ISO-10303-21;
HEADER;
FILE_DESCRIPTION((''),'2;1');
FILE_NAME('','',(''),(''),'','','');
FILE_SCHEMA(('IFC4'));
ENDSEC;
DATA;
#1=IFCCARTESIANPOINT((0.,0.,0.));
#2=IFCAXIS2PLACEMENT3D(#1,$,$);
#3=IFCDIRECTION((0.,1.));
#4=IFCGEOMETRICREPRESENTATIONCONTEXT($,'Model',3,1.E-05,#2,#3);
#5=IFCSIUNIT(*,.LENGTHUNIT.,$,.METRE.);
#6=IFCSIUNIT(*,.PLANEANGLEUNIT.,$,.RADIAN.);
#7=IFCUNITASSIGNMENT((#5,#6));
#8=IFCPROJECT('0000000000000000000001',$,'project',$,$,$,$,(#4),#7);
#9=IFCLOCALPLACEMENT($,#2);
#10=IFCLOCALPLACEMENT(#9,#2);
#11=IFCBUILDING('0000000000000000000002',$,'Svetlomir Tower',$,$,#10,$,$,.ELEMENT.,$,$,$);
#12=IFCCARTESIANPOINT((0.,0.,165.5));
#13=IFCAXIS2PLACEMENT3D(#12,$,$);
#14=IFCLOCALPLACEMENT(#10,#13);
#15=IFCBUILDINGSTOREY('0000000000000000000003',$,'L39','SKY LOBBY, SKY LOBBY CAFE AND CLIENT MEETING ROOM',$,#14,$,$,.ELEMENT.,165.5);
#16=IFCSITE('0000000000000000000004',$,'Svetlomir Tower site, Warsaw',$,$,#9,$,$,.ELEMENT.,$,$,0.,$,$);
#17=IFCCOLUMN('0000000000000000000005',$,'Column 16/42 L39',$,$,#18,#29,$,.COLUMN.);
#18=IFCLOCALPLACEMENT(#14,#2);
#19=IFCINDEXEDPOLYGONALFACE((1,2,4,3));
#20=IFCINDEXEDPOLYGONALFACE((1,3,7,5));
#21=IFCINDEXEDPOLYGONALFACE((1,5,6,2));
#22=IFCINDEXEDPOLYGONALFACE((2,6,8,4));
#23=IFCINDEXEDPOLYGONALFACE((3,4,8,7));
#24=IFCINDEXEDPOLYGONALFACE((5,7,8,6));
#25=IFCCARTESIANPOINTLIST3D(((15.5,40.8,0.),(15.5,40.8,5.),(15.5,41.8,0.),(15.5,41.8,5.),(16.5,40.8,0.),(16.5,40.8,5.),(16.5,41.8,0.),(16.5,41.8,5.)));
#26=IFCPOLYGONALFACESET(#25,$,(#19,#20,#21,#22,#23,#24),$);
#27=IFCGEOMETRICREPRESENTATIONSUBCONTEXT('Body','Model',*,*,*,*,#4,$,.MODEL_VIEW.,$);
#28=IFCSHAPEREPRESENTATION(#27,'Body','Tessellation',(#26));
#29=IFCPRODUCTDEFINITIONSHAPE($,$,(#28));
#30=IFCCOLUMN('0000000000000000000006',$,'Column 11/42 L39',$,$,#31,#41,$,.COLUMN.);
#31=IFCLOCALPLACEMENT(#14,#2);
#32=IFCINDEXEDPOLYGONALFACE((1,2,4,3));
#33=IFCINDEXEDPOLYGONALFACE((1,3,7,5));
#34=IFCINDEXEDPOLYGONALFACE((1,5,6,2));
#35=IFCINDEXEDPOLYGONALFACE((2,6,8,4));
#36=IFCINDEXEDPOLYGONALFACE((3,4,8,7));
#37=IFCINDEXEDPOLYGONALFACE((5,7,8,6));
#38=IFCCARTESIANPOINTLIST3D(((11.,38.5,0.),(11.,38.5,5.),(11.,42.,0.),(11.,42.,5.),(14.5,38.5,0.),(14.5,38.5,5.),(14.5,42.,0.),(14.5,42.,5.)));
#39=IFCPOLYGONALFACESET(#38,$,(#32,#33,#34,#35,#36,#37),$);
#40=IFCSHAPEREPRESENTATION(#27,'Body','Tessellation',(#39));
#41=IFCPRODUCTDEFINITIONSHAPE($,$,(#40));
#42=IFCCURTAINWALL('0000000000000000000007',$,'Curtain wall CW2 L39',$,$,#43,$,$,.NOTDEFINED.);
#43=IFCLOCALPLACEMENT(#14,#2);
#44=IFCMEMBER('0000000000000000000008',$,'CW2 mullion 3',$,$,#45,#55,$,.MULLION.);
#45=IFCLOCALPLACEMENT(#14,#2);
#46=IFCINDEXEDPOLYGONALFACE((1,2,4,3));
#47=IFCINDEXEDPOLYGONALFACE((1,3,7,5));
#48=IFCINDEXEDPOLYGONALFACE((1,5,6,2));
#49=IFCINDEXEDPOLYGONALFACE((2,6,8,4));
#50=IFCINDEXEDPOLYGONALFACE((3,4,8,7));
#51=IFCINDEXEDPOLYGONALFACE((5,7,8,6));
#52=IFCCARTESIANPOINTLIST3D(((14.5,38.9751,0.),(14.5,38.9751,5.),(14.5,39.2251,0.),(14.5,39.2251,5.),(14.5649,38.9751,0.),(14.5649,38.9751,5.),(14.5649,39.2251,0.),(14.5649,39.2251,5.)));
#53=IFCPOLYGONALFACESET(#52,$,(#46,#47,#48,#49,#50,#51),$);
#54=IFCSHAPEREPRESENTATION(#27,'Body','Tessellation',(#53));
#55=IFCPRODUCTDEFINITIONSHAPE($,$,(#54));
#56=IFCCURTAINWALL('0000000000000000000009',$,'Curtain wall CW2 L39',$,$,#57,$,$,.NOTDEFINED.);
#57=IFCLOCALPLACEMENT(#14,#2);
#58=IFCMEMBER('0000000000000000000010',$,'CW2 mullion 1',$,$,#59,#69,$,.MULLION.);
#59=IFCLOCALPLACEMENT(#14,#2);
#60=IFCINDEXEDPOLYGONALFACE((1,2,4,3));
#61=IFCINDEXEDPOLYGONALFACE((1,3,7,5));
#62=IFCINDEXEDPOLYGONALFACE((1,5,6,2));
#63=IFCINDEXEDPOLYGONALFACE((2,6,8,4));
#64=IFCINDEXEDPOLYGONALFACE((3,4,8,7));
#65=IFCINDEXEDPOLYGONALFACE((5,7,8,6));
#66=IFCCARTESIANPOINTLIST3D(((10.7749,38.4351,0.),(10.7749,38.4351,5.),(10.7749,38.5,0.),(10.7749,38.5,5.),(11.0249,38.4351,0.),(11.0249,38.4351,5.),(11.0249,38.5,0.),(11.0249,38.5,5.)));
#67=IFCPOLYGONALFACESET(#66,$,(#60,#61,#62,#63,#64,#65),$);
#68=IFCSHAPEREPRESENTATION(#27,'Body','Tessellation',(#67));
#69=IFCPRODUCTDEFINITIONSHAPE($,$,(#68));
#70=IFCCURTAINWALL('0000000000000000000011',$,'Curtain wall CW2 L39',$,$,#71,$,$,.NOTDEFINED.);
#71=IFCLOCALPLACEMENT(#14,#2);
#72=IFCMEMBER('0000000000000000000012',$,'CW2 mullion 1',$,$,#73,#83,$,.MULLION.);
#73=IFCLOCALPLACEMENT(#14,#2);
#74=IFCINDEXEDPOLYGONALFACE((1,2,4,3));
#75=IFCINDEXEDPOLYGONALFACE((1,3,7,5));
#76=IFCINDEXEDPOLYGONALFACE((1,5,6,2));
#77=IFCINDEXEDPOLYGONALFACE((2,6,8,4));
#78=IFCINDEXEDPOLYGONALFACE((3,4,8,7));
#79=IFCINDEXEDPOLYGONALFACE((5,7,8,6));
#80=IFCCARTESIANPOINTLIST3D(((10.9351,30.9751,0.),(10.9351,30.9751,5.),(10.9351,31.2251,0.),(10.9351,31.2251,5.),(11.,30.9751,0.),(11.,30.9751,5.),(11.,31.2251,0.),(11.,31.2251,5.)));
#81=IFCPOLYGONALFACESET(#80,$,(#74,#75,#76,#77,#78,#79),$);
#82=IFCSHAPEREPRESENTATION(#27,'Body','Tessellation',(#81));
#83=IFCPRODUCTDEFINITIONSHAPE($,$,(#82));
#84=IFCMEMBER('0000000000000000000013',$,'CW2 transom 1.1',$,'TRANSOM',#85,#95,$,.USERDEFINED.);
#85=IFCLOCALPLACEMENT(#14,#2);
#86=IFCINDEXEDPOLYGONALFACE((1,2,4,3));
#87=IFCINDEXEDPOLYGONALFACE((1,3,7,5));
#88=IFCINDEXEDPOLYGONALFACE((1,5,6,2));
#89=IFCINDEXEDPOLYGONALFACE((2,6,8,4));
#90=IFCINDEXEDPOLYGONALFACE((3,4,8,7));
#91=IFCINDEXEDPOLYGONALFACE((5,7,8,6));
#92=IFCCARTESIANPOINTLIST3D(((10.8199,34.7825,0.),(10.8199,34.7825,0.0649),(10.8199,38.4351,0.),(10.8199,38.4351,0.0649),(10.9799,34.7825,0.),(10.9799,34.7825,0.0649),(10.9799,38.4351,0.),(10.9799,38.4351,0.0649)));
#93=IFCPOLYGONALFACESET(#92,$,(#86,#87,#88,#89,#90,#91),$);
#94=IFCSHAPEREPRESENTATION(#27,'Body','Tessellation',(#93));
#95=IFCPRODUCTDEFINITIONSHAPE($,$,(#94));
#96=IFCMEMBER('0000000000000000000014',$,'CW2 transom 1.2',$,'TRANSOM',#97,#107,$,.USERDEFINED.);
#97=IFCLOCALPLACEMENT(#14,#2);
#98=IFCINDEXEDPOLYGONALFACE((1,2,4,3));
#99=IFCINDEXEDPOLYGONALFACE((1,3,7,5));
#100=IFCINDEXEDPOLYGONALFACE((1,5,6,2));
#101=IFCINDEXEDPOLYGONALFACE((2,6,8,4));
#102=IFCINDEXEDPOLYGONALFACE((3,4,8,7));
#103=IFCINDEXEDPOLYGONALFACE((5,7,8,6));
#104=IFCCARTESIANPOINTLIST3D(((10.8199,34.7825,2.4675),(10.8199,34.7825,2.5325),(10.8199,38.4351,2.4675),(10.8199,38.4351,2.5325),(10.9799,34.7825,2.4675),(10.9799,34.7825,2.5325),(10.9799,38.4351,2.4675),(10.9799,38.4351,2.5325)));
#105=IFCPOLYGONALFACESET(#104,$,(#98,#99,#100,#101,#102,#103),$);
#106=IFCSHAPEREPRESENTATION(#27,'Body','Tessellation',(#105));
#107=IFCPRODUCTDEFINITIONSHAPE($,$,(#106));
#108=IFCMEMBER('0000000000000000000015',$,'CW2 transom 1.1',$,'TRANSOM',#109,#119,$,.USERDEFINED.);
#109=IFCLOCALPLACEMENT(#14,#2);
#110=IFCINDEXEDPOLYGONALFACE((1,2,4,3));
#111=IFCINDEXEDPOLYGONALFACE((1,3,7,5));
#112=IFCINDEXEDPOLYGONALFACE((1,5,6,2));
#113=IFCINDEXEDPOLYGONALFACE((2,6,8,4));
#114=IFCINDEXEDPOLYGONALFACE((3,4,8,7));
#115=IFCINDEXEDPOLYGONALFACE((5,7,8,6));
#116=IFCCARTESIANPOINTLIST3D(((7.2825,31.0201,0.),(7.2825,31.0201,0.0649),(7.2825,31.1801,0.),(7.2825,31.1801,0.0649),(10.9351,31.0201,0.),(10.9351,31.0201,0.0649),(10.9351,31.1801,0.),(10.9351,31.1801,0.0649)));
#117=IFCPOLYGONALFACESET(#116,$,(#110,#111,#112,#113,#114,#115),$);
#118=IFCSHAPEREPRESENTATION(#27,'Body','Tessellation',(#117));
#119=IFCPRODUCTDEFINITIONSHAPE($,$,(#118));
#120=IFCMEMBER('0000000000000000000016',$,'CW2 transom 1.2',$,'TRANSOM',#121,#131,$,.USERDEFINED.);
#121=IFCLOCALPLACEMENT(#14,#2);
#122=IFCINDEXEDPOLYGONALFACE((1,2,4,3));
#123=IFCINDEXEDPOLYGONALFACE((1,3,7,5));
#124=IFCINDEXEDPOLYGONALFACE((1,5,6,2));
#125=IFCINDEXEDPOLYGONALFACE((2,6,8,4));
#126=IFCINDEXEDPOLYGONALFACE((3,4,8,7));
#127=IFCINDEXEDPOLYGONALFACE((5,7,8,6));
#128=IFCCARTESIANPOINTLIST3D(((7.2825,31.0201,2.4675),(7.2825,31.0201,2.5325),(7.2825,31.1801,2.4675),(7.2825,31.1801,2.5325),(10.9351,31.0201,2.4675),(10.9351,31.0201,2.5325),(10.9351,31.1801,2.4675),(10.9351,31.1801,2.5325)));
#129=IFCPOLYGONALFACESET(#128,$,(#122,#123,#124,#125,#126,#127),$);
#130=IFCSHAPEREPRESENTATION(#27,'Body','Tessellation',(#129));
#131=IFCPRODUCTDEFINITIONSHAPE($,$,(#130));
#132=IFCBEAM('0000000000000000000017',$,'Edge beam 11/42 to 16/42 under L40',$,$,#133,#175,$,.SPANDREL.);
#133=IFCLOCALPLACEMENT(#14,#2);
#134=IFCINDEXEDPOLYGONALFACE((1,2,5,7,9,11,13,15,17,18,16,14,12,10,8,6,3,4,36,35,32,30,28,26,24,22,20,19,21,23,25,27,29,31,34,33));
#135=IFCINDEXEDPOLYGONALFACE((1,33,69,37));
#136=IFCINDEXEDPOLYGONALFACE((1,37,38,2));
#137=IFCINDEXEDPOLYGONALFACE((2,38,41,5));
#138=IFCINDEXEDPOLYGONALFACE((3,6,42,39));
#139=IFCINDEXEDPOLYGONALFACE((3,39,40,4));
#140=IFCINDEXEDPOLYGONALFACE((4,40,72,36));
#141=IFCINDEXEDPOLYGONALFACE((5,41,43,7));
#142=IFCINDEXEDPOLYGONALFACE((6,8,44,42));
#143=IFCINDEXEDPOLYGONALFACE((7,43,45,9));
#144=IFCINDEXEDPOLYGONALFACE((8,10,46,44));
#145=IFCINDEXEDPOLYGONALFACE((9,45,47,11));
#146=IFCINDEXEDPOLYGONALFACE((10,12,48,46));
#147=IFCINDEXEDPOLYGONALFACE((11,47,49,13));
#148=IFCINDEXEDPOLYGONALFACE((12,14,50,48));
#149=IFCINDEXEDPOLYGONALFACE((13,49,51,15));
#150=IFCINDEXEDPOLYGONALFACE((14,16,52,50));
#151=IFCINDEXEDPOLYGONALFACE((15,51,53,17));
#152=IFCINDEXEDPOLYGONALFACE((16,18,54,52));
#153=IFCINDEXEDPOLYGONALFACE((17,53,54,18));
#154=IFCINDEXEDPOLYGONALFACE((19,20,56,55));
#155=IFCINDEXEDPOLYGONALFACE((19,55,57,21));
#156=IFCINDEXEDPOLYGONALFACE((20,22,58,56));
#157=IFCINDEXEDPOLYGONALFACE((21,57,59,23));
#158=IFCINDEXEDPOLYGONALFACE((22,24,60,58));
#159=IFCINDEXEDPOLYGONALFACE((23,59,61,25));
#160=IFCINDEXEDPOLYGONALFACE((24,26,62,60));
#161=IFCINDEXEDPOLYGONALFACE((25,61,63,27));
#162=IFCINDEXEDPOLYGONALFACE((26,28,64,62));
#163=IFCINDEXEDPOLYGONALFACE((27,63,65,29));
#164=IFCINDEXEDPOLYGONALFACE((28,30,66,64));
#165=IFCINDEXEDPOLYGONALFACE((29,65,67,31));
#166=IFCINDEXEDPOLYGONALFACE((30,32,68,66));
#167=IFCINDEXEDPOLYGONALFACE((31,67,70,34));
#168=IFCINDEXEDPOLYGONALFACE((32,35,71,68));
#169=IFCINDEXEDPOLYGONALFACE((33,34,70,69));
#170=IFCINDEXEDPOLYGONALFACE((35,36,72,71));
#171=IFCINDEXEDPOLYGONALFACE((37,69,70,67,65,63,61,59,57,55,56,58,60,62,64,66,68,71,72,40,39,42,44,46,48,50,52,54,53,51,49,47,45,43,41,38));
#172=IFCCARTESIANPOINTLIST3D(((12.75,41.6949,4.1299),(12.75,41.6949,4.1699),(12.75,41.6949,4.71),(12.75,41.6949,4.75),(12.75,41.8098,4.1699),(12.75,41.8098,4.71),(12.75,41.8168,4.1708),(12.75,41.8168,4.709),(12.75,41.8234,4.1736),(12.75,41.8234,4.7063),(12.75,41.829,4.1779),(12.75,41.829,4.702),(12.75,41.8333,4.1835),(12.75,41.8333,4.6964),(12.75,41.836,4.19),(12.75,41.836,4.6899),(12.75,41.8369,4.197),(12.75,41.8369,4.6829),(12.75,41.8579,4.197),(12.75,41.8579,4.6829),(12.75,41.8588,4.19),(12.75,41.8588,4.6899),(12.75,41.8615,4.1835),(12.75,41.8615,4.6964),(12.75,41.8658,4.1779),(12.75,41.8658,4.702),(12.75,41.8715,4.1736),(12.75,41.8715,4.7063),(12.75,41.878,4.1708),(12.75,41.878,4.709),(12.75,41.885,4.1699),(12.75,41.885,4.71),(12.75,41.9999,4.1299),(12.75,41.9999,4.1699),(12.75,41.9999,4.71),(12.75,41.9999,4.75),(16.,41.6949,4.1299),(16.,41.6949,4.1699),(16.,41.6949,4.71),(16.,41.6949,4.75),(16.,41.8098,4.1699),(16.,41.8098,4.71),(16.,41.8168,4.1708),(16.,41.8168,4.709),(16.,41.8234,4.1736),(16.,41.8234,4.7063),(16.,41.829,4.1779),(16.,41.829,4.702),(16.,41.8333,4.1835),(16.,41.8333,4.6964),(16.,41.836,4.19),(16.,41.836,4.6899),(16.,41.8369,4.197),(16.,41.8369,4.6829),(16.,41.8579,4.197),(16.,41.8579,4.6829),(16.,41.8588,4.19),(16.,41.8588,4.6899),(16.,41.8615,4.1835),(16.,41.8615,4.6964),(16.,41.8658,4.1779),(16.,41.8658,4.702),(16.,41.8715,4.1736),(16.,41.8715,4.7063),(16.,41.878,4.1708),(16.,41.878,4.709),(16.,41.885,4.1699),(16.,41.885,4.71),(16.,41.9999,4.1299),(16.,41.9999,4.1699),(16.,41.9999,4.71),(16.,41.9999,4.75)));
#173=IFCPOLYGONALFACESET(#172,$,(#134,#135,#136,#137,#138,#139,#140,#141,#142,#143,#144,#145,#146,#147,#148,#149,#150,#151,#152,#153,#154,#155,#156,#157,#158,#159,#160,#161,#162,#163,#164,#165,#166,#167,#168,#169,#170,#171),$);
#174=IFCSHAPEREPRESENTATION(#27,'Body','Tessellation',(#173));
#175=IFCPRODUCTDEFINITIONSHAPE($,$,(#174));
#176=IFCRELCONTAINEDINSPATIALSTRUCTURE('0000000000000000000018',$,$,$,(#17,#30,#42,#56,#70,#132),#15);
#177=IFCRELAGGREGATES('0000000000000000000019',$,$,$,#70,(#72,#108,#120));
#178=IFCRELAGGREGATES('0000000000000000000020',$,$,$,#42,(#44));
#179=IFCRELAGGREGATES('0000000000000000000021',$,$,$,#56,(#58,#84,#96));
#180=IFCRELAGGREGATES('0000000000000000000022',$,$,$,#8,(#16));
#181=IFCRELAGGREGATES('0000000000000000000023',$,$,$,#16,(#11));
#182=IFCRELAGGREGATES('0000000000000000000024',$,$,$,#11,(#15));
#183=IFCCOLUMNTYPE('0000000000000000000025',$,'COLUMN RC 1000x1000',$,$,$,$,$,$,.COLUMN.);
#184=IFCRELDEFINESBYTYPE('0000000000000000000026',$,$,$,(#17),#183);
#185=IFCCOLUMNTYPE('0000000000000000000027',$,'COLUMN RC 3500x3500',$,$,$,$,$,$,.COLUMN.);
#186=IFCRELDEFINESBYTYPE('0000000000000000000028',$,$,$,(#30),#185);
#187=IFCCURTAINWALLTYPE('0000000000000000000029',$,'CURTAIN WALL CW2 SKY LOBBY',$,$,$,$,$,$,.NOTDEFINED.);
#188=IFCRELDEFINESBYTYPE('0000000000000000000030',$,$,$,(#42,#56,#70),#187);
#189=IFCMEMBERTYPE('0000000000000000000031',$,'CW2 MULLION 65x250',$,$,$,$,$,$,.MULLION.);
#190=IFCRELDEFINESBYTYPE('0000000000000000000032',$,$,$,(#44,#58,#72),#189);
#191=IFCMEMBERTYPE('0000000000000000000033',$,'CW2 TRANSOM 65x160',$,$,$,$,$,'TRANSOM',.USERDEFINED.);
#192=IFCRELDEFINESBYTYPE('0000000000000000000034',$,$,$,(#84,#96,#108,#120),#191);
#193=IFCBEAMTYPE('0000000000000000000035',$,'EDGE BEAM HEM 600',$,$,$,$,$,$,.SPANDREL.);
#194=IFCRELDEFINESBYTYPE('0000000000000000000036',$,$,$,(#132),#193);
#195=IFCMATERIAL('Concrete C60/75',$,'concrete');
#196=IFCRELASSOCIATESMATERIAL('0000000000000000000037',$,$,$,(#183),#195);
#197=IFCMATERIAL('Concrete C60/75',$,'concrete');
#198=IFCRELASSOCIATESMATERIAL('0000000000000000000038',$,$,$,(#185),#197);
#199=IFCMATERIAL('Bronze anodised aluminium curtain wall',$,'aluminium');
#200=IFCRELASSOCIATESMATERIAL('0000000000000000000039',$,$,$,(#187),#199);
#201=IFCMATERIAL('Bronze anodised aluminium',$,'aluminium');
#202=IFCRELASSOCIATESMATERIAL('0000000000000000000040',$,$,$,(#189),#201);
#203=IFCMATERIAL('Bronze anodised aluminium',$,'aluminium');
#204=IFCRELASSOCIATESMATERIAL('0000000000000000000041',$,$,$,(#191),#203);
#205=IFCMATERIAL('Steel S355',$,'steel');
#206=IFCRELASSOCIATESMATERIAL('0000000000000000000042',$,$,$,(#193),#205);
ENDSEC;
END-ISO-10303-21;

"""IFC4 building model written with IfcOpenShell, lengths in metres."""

from ifc_helpers import new_model, si_unit, direction, frame, origin, origin_2d, place, context, subcontext, project, spatial, rectangle, i_section, extrude, material, material_profile, profile_set, type_object, element, aggregate, save


model = new_model("IFC4")

# Units and contexts
model_context = context("Model", 3, precision=1e-05, world=origin(), true_north=direction((0.0, 1.0)))
body_context = subcontext(model_context, "Body", "Model", "MODEL_VIEW")
ifc_project = project(units=[si_unit("LENGTHUNIT", "METRE"), si_unit("PLANEANGLEUNIT", "RADIAN")], contexts=[model_context])

# Site, building, storey
site_placement = place(None, origin())
site = spatial("IfcSite", under=ifc_project, at=site_placement, Name="Svetlomir Tower site, Warsaw", CompositionType="ELEMENT", RefElevation=0.0)
building_placement = place(site_placement, origin())
building = spatial("IfcBuilding", under=site, at=building_placement, Name="Svetlomir Tower", CompositionType="ELEMENT")
storey_placement = place(building_placement, frame((0.0, 0.0, 165.5)))
storey = spatial("IfcBuildingStorey", under=building, at=storey_placement, Name="L39", Description="SKY LOBBY, SKY LOBBY CAFE AND CLIENT MEETING ROOM", CompositionType="ELEMENT", Elevation=165.5)

# Columns
ifc_material_1 = material(Name="Concrete C60/75", Category="concrete")
ifc_material_profile_1 = material_profile(ifc_material_1, rectangle(XDim=1.0, YDim=1.0, at=origin_2d()), Name="RC 1000x1000")
ifc_profile_set_1 = profile_set([ifc_material_profile_1], Name="Concrete C60/75")
column_type_1 = type_object("IfcColumnType", Name="COLUMN RC 1000x1000", PredefinedType="COLUMN", material=ifc_profile_set_1)
column_1_placement = place(storey_placement, frame((16.0, 41.3, 0.0), z_axis=(0.0, 0.0, 1.0), x_axis=(1.0, 0.0, 0.0)))
element("IfcColumn", 1, at=column_1_placement, inside=storey, type_object=column_type_1, Name="Column 16/42 L39", PredefinedType="COLUMN", context=body_context, shape_type="SweptSolid", body=[
    extrude(rectangle(XDim=1.0, YDim=1.0, at=origin_2d()), origin(), (0.0, 0.0, 1.0), 5.0),
])
ifc_material_2 = material(Name="Concrete C60/75", Category="concrete")
ifc_material_profile_2 = material_profile(ifc_material_2, rectangle(XDim=3.5, YDim=3.5, at=origin_2d()), Name="RC 3500x3500")
ifc_profile_set_2 = profile_set([ifc_material_profile_2], Name="Concrete C60/75")
column_type_2 = type_object("IfcColumnType", Name="COLUMN RC 3500x3500", PredefinedType="COLUMN", material=ifc_profile_set_2)
column_2_placement = place(storey_placement, frame((12.75, 40.25, 0.0), z_axis=(0.0, 0.0, 1.0), x_axis=(1.0, 0.0, 0.0)))
element("IfcColumn", 2, at=column_2_placement, inside=storey, type_object=column_type_2, Name="Column 11/42 L39", PredefinedType="COLUMN", context=body_context, shape_type="SweptSolid", body=[
    extrude(rectangle(XDim=3.5, YDim=3.5, at=origin_2d()), origin(), (0.0, 0.0, 1.0), 5.0),
])

# Curtain walls, members
ifc_material_3 = material(Name="Bronze anodised aluminium curtain wall", Category="aluminium")
curtain_wall_type = type_object("IfcCurtainWallType", Name="CURTAIN WALL CW2 SKY LOBBY", PredefinedType="NOTDEFINED", material=ifc_material_3)
curtain_wall_1_placement = place(storey_placement, origin())
curtain_wall_1 = element("IfcCurtainWall", 3, at=curtain_wall_1_placement, inside=storey, type_object=curtain_wall_type, Name="Curtain wall CW2 L39", PredefinedType="NOTDEFINED")
ifc_material_4 = material(Name="Bronze anodised aluminium", Category="aluminium")
ifc_material_profile_3 = material_profile(ifc_material_4, rectangle(XDim=0.0649, YDim=0.25, at=origin_2d()), Name="AL 65x250")
ifc_profile_set_3 = profile_set([ifc_material_profile_3], Name="Bronze anodised aluminium 6063-T6")
member_type_1 = type_object("IfcMemberType", Name="CW2 MULLION 65x250", PredefinedType="MULLION", material=ifc_profile_set_3)
member_1_placement = place(storey_placement, frame((14.5325, 39.1001, 0.0), z_axis=(0.0, 0.0, 1.0), x_axis=(-1.0, 0.0, 0.0)))
member_1 = element("IfcMember", 4, at=member_1_placement, type_object=member_type_1, Name="CW2 mullion 3", PredefinedType="MULLION", context=body_context, shape_type="SweptSolid", body=[
    extrude(rectangle(XDim=0.0649, YDim=0.25, at=origin_2d()), origin(), (0.0, 0.0, 1.0), 5.0),
])
curtain_wall_2_placement = place(storey_placement, origin())
curtain_wall_2 = element("IfcCurtainWall", 5, at=curtain_wall_2_placement, inside=storey, type_object=curtain_wall_type, Name="Curtain wall CW2 L39", PredefinedType="NOTDEFINED")
member_2_placement = place(storey_placement, frame((10.8999, 38.4675, 0.0), z_axis=(0.0, 0.0, 1.0), x_axis=(0.0, -1.0, 0.0)))
member_2 = element("IfcMember", 6, at=member_2_placement, type_object=member_type_1, Name="CW2 mullion 1", PredefinedType="MULLION", context=body_context, shape_type="SweptSolid", body=[
    extrude(rectangle(XDim=0.0649, YDim=0.25, at=origin_2d()), origin(), (0.0, 0.0, 1.0), 5.0),
])
curtain_wall_3_placement = place(storey_placement, origin())
curtain_wall_3 = element("IfcCurtainWall", 7, at=curtain_wall_3_placement, inside=storey, type_object=curtain_wall_type, Name="Curtain wall CW2 L39", PredefinedType="NOTDEFINED")
member_3_placement = place(storey_placement, frame((10.9675, 31.1001, 0.0), z_axis=(0.0, 0.0, 1.0), x_axis=(-1.0, 0.0, 0.0)))
member_3 = element("IfcMember", 8, at=member_3_placement, type_object=member_type_1, Name="CW2 mullion 1", PredefinedType="MULLION", context=body_context, shape_type="SweptSolid", body=[
    extrude(rectangle(XDim=0.0649, YDim=0.25, at=origin_2d()), origin(), (0.0, 0.0, 1.0), 5.0),
])

# Members
ifc_material_5 = material(Name="Bronze anodised aluminium", Category="aluminium")
ifc_material_profile_4 = material_profile(ifc_material_5, rectangle(XDim=0.1599, YDim=0.0649, at=origin_2d()), Name="AL 160x65")
ifc_profile_set_4 = profile_set([ifc_material_profile_4], Name="Bronze anodised aluminium 6063-T6")
member_type_2 = type_object("IfcMemberType", Name="CW2 TRANSOM 65x160", ElementType="TRANSOM", PredefinedType="USERDEFINED", material=ifc_profile_set_4)
member_4_placement = place(storey_placement, frame((10.8999, 38.4351, 0.0325), z_axis=(0.0, -1.0, 0.0), x_axis=(1.0, 0.0, 0.0)))
member_4 = element("IfcMember", 9, at=member_4_placement, type_object=member_type_2, Name="CW2 transom 1.1", ObjectType="TRANSOM", PredefinedType="USERDEFINED", context=body_context, shape_type="SweptSolid", body=[
    extrude(rectangle(XDim=0.1599, YDim=0.0649, at=origin_2d()), origin(), (0.0, 0.0, 1.0), 3.6526),
])
member_5_placement = place(storey_placement, frame((10.8999, 38.4351, 2.5), z_axis=(0.0, -1.0, 0.0), x_axis=(1.0, 0.0, 0.0)))
member_5 = element("IfcMember", 10, at=member_5_placement, type_object=member_type_2, Name="CW2 transom 1.2", ObjectType="TRANSOM", PredefinedType="USERDEFINED", context=body_context, shape_type="SweptSolid", body=[
    extrude(rectangle(XDim=0.1599, YDim=0.0649, at=origin_2d()), origin(), (0.0, 0.0, 1.0), 3.6526),
])
member_6_placement = place(storey_placement, frame((10.9351, 31.1001, 0.0325), z_axis=(-1.0, 0.0, 0.0), x_axis=(0.0, -1.0, 0.0)))
member_6 = element("IfcMember", 11, at=member_6_placement, type_object=member_type_2, Name="CW2 transom 1.1", ObjectType="TRANSOM", PredefinedType="USERDEFINED", context=body_context, shape_type="SweptSolid", body=[
    extrude(rectangle(XDim=0.1599, YDim=0.0649, at=origin_2d()), origin(), (0.0, 0.0, 1.0), 3.6526),
])
member_7_placement = place(storey_placement, frame((10.9351, 31.1001, 2.5), z_axis=(-1.0, 0.0, 0.0), x_axis=(0.0, -1.0, 0.0)))
member_7 = element("IfcMember", 12, at=member_7_placement, type_object=member_type_2, Name="CW2 transom 1.2", ObjectType="TRANSOM", PredefinedType="USERDEFINED", context=body_context, shape_type="SweptSolid", body=[
    extrude(rectangle(XDim=0.1599, YDim=0.0649, at=origin_2d()), origin(), (0.0, 0.0, 1.0), 3.6526),
])
aggregate(curtain_wall_3, [member_3, member_6, member_7])

# Beam
ifc_material_6 = material(Name="Steel S355", Category="steel")
ifc_material_profile_5 = material_profile(ifc_material_6, i_section(OverallWidth=0.3049, OverallDepth=0.6201, WebThickness=0.021, FlangeThickness=0.04, FilletRadius=0.0271, at=origin_2d()), Name="HEM 600")
ifc_profile_set_5 = profile_set([ifc_material_profile_5], Name="Steel S355")
beam_type_1 = type_object("IfcBeamType", Name="EDGE BEAM HEM 600", PredefinedType="SPANDREL", material=ifc_profile_set_5)
beam_1_placement = place(storey_placement, frame((12.75, 41.8474, 4.4399), z_axis=(1.0, 0.0, 0.0), x_axis=(0.0, 1.0, 0.0)))
element("IfcBeam", 13, at=beam_1_placement, inside=storey, type_object=beam_type_1, Name="Edge beam 11/42 to 16/42 under L40", PredefinedType="SPANDREL", context=body_context, shape_type="SweptSolid", body=[
    extrude(i_section(OverallWidth=0.3049, OverallDepth=0.6201, WebThickness=0.021, FlangeThickness=0.04, FilletRadius=0.0271, at=origin_2d()), origin(), (0.0, 0.0, 1.0), 3.25),
])

aggregate(curtain_wall_1, [member_1])
aggregate(curtain_wall_2, [member_2, member_4, member_5])

save(model, "model.ifc")
